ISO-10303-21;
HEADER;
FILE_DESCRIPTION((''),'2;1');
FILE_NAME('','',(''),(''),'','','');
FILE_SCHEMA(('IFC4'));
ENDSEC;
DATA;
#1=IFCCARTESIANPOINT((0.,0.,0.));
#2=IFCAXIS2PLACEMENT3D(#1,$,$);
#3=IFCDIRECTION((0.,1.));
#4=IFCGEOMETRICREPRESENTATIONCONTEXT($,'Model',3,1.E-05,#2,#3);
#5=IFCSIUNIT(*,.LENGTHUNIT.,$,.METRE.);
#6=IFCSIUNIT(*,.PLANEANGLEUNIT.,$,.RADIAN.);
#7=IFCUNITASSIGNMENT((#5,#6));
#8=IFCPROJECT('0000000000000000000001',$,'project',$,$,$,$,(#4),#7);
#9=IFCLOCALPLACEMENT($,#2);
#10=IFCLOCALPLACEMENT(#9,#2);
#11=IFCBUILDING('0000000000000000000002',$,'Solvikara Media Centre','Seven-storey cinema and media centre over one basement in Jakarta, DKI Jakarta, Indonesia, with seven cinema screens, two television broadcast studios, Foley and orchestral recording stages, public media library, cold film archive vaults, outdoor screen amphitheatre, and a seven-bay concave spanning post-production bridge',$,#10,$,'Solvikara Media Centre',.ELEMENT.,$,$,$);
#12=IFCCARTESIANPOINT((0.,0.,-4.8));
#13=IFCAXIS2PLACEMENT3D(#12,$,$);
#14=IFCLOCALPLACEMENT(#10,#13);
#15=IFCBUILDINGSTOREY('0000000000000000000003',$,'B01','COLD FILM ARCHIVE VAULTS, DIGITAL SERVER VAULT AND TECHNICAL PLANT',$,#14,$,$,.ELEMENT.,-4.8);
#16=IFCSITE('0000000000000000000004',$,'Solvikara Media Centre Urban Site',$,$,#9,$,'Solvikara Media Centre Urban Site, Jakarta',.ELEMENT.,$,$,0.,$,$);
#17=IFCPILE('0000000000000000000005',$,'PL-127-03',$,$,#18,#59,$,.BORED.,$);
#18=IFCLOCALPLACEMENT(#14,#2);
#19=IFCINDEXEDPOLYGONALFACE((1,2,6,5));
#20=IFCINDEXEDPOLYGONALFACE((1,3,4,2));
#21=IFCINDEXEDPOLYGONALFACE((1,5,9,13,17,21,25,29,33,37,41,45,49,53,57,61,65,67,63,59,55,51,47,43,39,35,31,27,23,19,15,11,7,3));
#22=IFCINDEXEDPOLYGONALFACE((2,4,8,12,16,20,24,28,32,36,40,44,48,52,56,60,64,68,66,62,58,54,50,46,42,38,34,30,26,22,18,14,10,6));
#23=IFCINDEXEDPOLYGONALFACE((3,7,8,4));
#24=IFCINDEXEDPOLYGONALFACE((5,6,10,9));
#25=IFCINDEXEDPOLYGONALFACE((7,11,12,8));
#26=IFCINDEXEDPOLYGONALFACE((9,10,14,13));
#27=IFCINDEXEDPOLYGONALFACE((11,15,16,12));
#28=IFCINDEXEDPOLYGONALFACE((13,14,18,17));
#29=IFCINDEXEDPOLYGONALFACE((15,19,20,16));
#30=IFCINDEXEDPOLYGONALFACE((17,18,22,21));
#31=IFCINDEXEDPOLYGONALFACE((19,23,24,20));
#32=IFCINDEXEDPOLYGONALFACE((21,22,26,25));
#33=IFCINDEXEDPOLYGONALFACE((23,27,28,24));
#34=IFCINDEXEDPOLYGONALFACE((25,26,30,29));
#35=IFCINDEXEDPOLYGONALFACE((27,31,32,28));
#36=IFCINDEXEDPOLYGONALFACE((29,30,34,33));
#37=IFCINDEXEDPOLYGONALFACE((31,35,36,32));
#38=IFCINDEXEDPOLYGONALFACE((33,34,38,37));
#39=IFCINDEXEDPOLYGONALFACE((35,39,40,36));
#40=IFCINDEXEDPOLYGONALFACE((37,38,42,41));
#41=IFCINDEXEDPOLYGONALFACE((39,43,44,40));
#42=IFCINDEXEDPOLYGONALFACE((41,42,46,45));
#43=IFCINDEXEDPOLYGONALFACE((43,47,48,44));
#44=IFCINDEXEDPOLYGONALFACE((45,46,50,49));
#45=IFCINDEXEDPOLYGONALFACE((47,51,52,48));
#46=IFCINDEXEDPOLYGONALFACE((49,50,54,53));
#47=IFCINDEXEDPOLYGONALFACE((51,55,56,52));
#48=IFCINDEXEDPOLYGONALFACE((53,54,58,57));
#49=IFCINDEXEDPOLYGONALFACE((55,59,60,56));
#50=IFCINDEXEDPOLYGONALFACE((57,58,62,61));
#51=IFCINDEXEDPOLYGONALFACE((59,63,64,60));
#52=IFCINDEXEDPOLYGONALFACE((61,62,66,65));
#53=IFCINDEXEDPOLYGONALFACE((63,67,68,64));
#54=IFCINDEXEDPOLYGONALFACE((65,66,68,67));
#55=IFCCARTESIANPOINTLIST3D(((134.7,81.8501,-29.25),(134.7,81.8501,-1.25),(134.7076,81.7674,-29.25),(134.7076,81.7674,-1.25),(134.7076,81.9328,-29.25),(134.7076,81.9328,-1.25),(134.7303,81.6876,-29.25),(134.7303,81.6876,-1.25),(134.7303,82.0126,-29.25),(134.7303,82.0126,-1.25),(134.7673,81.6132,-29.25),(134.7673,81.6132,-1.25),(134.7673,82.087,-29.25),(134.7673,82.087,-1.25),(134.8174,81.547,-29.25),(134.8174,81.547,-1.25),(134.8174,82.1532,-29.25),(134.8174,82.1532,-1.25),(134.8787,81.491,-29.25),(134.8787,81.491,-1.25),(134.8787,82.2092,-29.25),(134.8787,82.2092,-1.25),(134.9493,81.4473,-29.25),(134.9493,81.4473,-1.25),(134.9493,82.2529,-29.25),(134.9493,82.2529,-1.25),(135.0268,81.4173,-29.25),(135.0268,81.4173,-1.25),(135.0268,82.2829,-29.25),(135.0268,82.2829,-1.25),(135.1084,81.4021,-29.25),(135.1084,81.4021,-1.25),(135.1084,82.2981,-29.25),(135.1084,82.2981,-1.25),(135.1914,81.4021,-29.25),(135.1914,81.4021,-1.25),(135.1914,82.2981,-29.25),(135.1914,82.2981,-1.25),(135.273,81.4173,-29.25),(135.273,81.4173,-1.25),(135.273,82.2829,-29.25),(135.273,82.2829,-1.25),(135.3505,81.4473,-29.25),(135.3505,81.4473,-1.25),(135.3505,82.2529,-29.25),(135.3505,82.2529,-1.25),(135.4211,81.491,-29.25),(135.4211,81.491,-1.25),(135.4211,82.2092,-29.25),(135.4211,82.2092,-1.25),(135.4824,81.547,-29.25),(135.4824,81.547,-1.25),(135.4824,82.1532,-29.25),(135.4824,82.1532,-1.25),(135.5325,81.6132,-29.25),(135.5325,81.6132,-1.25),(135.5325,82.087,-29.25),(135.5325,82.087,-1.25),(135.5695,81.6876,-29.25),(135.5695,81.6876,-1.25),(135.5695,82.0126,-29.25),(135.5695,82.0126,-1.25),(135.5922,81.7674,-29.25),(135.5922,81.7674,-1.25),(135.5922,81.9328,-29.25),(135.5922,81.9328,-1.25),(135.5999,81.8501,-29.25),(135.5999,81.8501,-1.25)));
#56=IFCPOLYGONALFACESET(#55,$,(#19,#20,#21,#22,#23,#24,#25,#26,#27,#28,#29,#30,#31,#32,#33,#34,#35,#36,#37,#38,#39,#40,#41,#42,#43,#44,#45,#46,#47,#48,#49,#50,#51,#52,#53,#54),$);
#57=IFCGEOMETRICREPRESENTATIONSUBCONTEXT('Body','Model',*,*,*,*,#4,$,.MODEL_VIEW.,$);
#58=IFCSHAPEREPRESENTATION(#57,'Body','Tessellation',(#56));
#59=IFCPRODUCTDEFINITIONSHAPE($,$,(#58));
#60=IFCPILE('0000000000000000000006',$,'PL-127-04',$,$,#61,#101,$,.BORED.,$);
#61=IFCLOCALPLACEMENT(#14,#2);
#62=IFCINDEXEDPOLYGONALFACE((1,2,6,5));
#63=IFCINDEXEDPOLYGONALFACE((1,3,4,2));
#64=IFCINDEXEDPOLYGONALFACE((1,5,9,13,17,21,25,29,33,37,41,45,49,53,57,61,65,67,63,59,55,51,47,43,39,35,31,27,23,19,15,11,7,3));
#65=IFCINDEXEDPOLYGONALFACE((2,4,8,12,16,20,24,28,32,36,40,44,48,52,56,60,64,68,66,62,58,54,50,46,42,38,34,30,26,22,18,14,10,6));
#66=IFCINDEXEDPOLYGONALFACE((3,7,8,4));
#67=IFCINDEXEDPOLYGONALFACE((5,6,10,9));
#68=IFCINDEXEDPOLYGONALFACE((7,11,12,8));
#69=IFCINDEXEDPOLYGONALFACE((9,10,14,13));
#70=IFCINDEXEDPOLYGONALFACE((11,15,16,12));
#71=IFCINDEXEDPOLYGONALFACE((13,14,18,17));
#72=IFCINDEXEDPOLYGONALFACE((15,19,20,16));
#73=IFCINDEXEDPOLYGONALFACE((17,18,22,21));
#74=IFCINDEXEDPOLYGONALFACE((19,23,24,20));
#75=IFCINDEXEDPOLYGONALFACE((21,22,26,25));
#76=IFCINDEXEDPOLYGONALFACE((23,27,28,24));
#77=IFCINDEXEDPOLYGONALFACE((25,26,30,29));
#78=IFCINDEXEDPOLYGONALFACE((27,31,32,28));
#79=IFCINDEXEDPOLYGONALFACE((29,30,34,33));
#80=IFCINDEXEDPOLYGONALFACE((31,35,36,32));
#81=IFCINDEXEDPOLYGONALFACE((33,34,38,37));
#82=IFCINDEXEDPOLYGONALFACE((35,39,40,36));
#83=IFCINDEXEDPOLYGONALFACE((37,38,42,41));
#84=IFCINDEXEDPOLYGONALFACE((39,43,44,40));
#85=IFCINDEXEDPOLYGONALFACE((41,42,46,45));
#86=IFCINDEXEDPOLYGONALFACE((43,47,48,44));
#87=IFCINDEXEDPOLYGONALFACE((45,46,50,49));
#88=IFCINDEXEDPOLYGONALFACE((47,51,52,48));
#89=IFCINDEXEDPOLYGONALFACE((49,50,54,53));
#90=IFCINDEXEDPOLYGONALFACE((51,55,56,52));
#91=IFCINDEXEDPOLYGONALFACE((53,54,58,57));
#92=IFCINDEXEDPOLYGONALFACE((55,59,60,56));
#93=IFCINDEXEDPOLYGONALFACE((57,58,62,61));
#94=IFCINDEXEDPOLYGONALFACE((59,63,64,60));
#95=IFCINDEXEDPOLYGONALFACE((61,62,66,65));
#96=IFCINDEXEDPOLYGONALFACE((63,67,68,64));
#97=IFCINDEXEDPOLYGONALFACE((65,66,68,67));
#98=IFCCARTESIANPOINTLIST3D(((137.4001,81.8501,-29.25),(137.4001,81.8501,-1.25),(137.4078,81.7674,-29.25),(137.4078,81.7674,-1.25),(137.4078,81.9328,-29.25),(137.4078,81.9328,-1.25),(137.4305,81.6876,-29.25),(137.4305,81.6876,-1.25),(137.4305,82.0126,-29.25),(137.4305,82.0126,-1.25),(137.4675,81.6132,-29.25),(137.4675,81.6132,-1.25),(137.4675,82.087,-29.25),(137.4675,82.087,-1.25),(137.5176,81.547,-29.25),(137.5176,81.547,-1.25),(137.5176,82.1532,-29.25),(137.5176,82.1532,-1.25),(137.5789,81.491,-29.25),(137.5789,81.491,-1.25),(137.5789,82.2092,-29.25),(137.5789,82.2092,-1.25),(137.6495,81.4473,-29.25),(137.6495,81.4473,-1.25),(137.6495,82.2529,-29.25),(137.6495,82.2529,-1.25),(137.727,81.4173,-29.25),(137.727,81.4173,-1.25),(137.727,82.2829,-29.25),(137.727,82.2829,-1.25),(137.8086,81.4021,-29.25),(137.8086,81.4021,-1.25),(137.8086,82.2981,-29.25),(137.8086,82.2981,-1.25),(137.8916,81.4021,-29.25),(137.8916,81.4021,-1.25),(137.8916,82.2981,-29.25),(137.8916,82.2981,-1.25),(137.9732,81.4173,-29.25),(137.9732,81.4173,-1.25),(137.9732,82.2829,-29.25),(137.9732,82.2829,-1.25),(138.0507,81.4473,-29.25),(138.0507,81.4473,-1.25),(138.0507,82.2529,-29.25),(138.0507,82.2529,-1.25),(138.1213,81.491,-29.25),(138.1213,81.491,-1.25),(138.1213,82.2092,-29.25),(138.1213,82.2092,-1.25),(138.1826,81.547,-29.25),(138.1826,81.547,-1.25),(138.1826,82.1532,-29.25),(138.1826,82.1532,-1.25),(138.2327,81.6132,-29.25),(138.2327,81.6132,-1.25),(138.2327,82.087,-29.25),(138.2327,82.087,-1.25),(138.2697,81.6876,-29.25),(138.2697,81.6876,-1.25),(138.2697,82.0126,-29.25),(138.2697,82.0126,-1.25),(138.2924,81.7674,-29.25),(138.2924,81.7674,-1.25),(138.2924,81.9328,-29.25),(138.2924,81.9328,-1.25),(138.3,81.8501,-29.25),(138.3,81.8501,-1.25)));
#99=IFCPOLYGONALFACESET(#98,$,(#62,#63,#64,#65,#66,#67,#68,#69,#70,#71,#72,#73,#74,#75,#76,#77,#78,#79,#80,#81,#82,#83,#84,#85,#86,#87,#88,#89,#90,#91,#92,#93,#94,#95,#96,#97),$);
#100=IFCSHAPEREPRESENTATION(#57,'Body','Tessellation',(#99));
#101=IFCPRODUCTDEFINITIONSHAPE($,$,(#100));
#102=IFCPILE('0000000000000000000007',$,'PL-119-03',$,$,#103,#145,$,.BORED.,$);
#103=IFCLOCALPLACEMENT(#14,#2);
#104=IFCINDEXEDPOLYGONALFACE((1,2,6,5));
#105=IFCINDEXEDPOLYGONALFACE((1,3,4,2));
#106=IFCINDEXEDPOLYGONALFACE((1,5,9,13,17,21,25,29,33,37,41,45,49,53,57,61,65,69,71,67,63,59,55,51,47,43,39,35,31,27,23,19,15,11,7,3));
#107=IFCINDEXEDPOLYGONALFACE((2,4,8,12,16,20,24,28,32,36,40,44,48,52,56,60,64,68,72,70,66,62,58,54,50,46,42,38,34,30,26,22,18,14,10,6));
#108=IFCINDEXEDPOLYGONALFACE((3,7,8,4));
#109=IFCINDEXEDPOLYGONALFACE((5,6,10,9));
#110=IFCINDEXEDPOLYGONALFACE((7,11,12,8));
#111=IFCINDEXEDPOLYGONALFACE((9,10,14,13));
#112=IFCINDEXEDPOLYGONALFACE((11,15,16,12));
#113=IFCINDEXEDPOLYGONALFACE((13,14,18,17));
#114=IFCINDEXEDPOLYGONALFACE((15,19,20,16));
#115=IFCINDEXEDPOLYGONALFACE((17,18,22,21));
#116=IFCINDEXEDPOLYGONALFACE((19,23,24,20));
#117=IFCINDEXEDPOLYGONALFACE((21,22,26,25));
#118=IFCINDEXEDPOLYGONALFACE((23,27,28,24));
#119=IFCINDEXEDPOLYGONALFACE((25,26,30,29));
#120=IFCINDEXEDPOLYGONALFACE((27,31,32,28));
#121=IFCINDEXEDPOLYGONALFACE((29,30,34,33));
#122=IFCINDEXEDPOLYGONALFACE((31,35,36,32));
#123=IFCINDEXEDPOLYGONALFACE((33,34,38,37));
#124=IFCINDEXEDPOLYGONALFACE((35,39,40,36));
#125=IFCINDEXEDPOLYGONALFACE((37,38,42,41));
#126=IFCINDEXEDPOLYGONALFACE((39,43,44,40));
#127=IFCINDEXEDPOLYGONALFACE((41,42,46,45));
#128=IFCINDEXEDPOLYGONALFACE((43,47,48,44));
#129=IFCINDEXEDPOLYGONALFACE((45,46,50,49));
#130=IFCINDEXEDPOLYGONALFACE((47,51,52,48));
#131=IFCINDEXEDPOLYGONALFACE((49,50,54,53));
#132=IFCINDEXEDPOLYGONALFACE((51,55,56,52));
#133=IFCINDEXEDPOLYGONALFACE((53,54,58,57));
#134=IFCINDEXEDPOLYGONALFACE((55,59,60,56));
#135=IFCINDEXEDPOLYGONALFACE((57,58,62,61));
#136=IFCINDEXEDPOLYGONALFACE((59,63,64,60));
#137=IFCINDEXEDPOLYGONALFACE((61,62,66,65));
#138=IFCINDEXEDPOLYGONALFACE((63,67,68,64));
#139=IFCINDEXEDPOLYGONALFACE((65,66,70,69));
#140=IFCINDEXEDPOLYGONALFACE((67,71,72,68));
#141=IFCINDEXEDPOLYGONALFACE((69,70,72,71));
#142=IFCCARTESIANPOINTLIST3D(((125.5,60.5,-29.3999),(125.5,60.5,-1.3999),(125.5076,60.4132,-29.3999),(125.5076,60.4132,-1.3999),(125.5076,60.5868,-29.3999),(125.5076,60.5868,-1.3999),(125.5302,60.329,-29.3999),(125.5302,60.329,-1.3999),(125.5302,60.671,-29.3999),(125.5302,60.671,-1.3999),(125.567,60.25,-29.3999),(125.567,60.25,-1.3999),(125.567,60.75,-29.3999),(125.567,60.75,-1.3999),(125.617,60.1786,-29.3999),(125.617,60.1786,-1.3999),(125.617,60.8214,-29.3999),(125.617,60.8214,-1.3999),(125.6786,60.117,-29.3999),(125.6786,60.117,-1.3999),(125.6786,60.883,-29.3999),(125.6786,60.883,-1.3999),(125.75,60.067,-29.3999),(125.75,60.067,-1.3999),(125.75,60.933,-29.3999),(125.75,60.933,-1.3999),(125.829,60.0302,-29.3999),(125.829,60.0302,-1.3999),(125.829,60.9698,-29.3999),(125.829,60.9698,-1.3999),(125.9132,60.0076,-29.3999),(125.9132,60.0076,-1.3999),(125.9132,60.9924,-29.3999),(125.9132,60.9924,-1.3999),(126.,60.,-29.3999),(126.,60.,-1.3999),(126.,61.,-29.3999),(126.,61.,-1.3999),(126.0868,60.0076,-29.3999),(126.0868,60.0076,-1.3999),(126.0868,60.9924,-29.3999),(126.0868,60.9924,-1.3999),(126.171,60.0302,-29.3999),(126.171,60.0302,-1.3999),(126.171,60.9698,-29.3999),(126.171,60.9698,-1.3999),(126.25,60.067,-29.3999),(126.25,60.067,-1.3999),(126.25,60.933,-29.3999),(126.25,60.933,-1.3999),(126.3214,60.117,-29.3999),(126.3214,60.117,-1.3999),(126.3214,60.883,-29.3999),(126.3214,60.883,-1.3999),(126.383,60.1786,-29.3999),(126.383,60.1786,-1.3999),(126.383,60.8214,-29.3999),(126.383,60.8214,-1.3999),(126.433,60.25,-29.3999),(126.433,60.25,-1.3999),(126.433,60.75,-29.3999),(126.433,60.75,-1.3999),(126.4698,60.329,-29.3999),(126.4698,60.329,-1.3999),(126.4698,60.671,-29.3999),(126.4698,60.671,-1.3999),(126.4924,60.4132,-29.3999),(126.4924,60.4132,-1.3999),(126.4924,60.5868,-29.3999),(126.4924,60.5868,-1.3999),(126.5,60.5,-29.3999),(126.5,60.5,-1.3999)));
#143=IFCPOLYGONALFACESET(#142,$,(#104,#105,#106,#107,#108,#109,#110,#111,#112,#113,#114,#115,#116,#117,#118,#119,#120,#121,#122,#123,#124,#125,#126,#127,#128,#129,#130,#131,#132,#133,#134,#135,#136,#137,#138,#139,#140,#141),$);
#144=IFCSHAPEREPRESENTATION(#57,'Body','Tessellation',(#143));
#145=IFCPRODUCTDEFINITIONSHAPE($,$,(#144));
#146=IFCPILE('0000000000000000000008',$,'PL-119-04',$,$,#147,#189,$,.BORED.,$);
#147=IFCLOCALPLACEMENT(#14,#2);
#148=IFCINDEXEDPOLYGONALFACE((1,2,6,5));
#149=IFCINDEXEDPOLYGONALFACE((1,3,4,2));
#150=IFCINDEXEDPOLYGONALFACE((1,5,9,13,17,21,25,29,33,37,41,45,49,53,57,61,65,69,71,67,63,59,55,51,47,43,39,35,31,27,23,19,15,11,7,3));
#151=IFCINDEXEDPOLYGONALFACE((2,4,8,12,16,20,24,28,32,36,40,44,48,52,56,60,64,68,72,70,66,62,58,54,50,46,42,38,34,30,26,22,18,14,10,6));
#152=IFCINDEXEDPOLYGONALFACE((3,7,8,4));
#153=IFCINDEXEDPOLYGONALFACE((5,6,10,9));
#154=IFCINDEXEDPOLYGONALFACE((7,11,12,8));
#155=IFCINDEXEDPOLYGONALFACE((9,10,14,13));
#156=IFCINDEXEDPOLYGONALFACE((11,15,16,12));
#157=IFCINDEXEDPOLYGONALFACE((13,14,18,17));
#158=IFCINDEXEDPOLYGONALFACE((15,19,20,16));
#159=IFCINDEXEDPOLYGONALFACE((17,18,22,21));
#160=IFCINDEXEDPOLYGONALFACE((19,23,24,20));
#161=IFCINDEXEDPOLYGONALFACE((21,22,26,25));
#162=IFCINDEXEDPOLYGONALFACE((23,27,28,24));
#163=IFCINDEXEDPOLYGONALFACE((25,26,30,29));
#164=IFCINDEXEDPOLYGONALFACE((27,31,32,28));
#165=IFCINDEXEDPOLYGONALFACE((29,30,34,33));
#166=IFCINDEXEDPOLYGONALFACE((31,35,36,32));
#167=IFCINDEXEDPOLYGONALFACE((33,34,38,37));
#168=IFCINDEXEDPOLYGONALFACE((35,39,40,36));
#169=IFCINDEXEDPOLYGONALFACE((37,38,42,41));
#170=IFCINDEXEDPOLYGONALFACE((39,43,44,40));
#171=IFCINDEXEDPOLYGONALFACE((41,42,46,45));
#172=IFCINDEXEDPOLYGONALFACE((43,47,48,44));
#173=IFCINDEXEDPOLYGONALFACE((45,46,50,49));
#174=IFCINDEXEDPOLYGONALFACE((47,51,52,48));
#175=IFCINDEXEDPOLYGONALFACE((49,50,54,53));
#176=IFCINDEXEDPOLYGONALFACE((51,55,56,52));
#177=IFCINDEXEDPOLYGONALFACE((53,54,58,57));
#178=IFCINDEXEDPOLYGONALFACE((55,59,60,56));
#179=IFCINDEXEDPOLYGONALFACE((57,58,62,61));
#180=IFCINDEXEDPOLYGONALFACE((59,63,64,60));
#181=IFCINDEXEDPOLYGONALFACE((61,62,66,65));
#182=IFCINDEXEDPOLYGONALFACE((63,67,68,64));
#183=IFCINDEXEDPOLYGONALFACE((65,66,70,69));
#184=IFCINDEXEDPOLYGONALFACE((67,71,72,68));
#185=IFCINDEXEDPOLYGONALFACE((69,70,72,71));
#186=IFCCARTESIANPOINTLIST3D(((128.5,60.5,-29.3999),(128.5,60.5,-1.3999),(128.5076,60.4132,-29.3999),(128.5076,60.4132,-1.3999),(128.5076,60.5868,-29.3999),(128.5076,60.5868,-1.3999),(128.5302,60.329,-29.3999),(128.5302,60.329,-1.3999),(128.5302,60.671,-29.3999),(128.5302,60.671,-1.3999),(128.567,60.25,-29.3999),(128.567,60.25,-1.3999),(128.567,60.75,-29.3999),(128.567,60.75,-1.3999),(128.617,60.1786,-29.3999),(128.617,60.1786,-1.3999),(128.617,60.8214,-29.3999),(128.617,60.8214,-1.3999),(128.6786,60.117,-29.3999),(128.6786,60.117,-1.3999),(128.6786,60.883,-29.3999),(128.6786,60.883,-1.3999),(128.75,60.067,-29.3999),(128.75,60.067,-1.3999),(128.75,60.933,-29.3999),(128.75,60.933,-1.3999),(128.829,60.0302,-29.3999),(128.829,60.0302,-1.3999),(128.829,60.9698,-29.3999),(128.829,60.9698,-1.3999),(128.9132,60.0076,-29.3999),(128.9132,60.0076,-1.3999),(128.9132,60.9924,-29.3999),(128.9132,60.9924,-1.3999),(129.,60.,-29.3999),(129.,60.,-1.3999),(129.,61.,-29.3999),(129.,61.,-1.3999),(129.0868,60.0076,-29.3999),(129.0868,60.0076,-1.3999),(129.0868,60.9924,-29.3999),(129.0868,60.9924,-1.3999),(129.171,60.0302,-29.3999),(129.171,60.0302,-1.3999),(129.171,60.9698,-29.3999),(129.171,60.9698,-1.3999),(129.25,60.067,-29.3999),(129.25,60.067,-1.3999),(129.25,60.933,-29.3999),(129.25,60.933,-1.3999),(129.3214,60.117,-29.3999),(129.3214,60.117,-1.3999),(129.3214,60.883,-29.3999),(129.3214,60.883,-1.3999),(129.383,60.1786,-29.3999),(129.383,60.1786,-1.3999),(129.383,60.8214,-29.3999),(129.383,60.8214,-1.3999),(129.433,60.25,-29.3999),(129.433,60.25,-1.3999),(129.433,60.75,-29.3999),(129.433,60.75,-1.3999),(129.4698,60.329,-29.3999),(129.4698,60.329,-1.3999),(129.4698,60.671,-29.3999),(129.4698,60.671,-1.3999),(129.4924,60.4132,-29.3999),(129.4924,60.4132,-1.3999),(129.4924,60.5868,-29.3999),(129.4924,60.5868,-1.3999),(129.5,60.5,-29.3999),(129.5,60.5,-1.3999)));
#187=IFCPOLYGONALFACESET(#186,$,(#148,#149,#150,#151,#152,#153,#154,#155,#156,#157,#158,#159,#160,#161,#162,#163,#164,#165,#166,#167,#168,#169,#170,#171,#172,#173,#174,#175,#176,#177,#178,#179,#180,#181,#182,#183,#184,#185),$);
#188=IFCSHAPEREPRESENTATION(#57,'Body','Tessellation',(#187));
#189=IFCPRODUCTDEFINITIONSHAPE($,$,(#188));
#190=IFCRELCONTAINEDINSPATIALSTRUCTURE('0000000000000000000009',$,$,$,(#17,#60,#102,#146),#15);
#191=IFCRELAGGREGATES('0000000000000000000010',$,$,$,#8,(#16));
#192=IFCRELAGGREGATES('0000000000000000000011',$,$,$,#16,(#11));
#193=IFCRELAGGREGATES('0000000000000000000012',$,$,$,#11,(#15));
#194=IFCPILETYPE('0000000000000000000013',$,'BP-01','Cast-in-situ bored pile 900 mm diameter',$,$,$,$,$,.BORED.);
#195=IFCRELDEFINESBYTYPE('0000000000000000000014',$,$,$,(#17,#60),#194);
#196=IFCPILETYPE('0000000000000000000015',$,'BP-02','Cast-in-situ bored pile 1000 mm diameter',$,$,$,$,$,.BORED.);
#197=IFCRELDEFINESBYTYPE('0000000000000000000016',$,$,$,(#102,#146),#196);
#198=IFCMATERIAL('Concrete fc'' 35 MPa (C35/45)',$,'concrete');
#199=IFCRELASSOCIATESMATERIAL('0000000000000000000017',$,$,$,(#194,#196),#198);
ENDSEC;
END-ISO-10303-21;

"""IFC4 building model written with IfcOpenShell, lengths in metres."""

from ifc_helpers import new_model, si_unit, direction, frame, origin, origin_2d, place, context, subcontext, project, spatial, circle, extrude, material, material_profile, profile_set, type_object, element, save


model = new_model("IFC4")

# Units and contexts
model_context = context("Model", 3, precision=1e-05, world=origin(), true_north=direction((0.0, 1.0)))
body_context = subcontext(model_context, "Body", "Model", "MODEL_VIEW")
ifc_project = project(units=[si_unit("LENGTHUNIT", "METRE"), si_unit("PLANEANGLEUNIT", "RADIAN")], contexts=[model_context])

# Site, building, storey
site_placement = place(None, origin())
site = spatial("IfcSite", under=ifc_project, at=site_placement, Name="Solvikara Media Centre Urban Site", LongName="Solvikara Media Centre Urban Site, Jakarta", CompositionType="ELEMENT", RefElevation=0.0)
building_placement = place(site_placement, origin())
building = spatial("IfcBuilding", under=site, at=building_placement, Name="Solvikara Media Centre", Description="Seven-storey cinema and media centre over one basement in Jakarta, DKI Jakarta, Indonesia, with seven cinema screens, two television broadcast studios, Foley and orchestral recording stages, public media library, cold film archive vaults, outdoor screen amphitheatre, and a seven-bay concave spanning post-production bridge", LongName="Solvikara Media Centre", CompositionType="ELEMENT")
storey_placement = place(building_placement, frame((0.0, 0.0, -4.8)))
storey = spatial("IfcBuildingStorey", under=building, at=storey_placement, Name="B01", Description="COLD FILM ARCHIVE VAULTS, DIGITAL SERVER VAULT AND TECHNICAL PLANT", CompositionType="ELEMENT", Elevation=-4.8)

# Piles
ifc_material_1 = material(Name="Concrete fc' 35 MPa (C35/45)", Category="concrete")
ifc_material_profile_1 = material_profile(ifc_material_1, circle(Radius=0.45, at=origin_2d()), Name="BORED PILE D900")
ifc_profile_set_1 = profile_set([ifc_material_profile_1], Name="Concrete fc' 35 MPa (C35/45)")
pile_type_1 = type_object("IfcPileType", Name="BP-01", Description="Cast-in-situ bored pile 900 mm diameter", PredefinedType="BORED", material=ifc_profile_set_1)
for number, where, z_axis, x_axis, name in (
    (1, (135.1499, 81.8501, -1.25), (0.0, 0.0, -1.0), (1.0, 0.0, 0.0), "PL-127-03"),
    (2, (137.8501, 81.8501, -1.25), (0.0, 0.0, -1.0), (1.0, 0.0, 0.0), "PL-127-04"),
):
    element("IfcPile", number, at=place(storey_placement, frame(where, z_axis=z_axis, x_axis=x_axis)), inside=storey, type_object=pile_type_1, Name=name, PredefinedType="BORED", context=body_context, shape_type="SweptSolid", body=[
        extrude(circle(Radius=0.45, at=origin_2d()), origin(), (0.0, 0.0, 1.0), 28.0),
    ])
ifc_material_profile_2 = material_profile(ifc_material_1, circle(Radius=0.5, at=origin_2d()), Name="BORED PILE D1000")
ifc_profile_set_2 = profile_set([ifc_material_profile_2], Name="Concrete fc' 35 MPa (C35/45)")
pile_type_2 = type_object("IfcPileType", Name="BP-02", Description="Cast-in-situ bored pile 1000 mm diameter", PredefinedType="BORED", material=ifc_profile_set_2)
for number, where, z_axis, x_axis, name in (
    (3, (126.0, 60.5, -1.3999), (0.0, 0.0, -1.0), (1.0, 0.0, 0.0), "PL-119-03"),
    (4, (129.0, 60.5, -1.3999), (0.0, 0.0, -1.0), (1.0, 0.0, 0.0), "PL-119-04"),
):
    element("IfcPile", number, at=place(storey_placement, frame(where, z_axis=z_axis, x_axis=x_axis)), inside=storey, type_object=pile_type_2, Name=name, PredefinedType="BORED", context=body_context, shape_type="SweptSolid", body=[
        extrude(circle(Radius=0.5, at=origin_2d()), origin(), (0.0, 0.0, 1.0), 28.0),
    ])

save(model, "model.ifc")
